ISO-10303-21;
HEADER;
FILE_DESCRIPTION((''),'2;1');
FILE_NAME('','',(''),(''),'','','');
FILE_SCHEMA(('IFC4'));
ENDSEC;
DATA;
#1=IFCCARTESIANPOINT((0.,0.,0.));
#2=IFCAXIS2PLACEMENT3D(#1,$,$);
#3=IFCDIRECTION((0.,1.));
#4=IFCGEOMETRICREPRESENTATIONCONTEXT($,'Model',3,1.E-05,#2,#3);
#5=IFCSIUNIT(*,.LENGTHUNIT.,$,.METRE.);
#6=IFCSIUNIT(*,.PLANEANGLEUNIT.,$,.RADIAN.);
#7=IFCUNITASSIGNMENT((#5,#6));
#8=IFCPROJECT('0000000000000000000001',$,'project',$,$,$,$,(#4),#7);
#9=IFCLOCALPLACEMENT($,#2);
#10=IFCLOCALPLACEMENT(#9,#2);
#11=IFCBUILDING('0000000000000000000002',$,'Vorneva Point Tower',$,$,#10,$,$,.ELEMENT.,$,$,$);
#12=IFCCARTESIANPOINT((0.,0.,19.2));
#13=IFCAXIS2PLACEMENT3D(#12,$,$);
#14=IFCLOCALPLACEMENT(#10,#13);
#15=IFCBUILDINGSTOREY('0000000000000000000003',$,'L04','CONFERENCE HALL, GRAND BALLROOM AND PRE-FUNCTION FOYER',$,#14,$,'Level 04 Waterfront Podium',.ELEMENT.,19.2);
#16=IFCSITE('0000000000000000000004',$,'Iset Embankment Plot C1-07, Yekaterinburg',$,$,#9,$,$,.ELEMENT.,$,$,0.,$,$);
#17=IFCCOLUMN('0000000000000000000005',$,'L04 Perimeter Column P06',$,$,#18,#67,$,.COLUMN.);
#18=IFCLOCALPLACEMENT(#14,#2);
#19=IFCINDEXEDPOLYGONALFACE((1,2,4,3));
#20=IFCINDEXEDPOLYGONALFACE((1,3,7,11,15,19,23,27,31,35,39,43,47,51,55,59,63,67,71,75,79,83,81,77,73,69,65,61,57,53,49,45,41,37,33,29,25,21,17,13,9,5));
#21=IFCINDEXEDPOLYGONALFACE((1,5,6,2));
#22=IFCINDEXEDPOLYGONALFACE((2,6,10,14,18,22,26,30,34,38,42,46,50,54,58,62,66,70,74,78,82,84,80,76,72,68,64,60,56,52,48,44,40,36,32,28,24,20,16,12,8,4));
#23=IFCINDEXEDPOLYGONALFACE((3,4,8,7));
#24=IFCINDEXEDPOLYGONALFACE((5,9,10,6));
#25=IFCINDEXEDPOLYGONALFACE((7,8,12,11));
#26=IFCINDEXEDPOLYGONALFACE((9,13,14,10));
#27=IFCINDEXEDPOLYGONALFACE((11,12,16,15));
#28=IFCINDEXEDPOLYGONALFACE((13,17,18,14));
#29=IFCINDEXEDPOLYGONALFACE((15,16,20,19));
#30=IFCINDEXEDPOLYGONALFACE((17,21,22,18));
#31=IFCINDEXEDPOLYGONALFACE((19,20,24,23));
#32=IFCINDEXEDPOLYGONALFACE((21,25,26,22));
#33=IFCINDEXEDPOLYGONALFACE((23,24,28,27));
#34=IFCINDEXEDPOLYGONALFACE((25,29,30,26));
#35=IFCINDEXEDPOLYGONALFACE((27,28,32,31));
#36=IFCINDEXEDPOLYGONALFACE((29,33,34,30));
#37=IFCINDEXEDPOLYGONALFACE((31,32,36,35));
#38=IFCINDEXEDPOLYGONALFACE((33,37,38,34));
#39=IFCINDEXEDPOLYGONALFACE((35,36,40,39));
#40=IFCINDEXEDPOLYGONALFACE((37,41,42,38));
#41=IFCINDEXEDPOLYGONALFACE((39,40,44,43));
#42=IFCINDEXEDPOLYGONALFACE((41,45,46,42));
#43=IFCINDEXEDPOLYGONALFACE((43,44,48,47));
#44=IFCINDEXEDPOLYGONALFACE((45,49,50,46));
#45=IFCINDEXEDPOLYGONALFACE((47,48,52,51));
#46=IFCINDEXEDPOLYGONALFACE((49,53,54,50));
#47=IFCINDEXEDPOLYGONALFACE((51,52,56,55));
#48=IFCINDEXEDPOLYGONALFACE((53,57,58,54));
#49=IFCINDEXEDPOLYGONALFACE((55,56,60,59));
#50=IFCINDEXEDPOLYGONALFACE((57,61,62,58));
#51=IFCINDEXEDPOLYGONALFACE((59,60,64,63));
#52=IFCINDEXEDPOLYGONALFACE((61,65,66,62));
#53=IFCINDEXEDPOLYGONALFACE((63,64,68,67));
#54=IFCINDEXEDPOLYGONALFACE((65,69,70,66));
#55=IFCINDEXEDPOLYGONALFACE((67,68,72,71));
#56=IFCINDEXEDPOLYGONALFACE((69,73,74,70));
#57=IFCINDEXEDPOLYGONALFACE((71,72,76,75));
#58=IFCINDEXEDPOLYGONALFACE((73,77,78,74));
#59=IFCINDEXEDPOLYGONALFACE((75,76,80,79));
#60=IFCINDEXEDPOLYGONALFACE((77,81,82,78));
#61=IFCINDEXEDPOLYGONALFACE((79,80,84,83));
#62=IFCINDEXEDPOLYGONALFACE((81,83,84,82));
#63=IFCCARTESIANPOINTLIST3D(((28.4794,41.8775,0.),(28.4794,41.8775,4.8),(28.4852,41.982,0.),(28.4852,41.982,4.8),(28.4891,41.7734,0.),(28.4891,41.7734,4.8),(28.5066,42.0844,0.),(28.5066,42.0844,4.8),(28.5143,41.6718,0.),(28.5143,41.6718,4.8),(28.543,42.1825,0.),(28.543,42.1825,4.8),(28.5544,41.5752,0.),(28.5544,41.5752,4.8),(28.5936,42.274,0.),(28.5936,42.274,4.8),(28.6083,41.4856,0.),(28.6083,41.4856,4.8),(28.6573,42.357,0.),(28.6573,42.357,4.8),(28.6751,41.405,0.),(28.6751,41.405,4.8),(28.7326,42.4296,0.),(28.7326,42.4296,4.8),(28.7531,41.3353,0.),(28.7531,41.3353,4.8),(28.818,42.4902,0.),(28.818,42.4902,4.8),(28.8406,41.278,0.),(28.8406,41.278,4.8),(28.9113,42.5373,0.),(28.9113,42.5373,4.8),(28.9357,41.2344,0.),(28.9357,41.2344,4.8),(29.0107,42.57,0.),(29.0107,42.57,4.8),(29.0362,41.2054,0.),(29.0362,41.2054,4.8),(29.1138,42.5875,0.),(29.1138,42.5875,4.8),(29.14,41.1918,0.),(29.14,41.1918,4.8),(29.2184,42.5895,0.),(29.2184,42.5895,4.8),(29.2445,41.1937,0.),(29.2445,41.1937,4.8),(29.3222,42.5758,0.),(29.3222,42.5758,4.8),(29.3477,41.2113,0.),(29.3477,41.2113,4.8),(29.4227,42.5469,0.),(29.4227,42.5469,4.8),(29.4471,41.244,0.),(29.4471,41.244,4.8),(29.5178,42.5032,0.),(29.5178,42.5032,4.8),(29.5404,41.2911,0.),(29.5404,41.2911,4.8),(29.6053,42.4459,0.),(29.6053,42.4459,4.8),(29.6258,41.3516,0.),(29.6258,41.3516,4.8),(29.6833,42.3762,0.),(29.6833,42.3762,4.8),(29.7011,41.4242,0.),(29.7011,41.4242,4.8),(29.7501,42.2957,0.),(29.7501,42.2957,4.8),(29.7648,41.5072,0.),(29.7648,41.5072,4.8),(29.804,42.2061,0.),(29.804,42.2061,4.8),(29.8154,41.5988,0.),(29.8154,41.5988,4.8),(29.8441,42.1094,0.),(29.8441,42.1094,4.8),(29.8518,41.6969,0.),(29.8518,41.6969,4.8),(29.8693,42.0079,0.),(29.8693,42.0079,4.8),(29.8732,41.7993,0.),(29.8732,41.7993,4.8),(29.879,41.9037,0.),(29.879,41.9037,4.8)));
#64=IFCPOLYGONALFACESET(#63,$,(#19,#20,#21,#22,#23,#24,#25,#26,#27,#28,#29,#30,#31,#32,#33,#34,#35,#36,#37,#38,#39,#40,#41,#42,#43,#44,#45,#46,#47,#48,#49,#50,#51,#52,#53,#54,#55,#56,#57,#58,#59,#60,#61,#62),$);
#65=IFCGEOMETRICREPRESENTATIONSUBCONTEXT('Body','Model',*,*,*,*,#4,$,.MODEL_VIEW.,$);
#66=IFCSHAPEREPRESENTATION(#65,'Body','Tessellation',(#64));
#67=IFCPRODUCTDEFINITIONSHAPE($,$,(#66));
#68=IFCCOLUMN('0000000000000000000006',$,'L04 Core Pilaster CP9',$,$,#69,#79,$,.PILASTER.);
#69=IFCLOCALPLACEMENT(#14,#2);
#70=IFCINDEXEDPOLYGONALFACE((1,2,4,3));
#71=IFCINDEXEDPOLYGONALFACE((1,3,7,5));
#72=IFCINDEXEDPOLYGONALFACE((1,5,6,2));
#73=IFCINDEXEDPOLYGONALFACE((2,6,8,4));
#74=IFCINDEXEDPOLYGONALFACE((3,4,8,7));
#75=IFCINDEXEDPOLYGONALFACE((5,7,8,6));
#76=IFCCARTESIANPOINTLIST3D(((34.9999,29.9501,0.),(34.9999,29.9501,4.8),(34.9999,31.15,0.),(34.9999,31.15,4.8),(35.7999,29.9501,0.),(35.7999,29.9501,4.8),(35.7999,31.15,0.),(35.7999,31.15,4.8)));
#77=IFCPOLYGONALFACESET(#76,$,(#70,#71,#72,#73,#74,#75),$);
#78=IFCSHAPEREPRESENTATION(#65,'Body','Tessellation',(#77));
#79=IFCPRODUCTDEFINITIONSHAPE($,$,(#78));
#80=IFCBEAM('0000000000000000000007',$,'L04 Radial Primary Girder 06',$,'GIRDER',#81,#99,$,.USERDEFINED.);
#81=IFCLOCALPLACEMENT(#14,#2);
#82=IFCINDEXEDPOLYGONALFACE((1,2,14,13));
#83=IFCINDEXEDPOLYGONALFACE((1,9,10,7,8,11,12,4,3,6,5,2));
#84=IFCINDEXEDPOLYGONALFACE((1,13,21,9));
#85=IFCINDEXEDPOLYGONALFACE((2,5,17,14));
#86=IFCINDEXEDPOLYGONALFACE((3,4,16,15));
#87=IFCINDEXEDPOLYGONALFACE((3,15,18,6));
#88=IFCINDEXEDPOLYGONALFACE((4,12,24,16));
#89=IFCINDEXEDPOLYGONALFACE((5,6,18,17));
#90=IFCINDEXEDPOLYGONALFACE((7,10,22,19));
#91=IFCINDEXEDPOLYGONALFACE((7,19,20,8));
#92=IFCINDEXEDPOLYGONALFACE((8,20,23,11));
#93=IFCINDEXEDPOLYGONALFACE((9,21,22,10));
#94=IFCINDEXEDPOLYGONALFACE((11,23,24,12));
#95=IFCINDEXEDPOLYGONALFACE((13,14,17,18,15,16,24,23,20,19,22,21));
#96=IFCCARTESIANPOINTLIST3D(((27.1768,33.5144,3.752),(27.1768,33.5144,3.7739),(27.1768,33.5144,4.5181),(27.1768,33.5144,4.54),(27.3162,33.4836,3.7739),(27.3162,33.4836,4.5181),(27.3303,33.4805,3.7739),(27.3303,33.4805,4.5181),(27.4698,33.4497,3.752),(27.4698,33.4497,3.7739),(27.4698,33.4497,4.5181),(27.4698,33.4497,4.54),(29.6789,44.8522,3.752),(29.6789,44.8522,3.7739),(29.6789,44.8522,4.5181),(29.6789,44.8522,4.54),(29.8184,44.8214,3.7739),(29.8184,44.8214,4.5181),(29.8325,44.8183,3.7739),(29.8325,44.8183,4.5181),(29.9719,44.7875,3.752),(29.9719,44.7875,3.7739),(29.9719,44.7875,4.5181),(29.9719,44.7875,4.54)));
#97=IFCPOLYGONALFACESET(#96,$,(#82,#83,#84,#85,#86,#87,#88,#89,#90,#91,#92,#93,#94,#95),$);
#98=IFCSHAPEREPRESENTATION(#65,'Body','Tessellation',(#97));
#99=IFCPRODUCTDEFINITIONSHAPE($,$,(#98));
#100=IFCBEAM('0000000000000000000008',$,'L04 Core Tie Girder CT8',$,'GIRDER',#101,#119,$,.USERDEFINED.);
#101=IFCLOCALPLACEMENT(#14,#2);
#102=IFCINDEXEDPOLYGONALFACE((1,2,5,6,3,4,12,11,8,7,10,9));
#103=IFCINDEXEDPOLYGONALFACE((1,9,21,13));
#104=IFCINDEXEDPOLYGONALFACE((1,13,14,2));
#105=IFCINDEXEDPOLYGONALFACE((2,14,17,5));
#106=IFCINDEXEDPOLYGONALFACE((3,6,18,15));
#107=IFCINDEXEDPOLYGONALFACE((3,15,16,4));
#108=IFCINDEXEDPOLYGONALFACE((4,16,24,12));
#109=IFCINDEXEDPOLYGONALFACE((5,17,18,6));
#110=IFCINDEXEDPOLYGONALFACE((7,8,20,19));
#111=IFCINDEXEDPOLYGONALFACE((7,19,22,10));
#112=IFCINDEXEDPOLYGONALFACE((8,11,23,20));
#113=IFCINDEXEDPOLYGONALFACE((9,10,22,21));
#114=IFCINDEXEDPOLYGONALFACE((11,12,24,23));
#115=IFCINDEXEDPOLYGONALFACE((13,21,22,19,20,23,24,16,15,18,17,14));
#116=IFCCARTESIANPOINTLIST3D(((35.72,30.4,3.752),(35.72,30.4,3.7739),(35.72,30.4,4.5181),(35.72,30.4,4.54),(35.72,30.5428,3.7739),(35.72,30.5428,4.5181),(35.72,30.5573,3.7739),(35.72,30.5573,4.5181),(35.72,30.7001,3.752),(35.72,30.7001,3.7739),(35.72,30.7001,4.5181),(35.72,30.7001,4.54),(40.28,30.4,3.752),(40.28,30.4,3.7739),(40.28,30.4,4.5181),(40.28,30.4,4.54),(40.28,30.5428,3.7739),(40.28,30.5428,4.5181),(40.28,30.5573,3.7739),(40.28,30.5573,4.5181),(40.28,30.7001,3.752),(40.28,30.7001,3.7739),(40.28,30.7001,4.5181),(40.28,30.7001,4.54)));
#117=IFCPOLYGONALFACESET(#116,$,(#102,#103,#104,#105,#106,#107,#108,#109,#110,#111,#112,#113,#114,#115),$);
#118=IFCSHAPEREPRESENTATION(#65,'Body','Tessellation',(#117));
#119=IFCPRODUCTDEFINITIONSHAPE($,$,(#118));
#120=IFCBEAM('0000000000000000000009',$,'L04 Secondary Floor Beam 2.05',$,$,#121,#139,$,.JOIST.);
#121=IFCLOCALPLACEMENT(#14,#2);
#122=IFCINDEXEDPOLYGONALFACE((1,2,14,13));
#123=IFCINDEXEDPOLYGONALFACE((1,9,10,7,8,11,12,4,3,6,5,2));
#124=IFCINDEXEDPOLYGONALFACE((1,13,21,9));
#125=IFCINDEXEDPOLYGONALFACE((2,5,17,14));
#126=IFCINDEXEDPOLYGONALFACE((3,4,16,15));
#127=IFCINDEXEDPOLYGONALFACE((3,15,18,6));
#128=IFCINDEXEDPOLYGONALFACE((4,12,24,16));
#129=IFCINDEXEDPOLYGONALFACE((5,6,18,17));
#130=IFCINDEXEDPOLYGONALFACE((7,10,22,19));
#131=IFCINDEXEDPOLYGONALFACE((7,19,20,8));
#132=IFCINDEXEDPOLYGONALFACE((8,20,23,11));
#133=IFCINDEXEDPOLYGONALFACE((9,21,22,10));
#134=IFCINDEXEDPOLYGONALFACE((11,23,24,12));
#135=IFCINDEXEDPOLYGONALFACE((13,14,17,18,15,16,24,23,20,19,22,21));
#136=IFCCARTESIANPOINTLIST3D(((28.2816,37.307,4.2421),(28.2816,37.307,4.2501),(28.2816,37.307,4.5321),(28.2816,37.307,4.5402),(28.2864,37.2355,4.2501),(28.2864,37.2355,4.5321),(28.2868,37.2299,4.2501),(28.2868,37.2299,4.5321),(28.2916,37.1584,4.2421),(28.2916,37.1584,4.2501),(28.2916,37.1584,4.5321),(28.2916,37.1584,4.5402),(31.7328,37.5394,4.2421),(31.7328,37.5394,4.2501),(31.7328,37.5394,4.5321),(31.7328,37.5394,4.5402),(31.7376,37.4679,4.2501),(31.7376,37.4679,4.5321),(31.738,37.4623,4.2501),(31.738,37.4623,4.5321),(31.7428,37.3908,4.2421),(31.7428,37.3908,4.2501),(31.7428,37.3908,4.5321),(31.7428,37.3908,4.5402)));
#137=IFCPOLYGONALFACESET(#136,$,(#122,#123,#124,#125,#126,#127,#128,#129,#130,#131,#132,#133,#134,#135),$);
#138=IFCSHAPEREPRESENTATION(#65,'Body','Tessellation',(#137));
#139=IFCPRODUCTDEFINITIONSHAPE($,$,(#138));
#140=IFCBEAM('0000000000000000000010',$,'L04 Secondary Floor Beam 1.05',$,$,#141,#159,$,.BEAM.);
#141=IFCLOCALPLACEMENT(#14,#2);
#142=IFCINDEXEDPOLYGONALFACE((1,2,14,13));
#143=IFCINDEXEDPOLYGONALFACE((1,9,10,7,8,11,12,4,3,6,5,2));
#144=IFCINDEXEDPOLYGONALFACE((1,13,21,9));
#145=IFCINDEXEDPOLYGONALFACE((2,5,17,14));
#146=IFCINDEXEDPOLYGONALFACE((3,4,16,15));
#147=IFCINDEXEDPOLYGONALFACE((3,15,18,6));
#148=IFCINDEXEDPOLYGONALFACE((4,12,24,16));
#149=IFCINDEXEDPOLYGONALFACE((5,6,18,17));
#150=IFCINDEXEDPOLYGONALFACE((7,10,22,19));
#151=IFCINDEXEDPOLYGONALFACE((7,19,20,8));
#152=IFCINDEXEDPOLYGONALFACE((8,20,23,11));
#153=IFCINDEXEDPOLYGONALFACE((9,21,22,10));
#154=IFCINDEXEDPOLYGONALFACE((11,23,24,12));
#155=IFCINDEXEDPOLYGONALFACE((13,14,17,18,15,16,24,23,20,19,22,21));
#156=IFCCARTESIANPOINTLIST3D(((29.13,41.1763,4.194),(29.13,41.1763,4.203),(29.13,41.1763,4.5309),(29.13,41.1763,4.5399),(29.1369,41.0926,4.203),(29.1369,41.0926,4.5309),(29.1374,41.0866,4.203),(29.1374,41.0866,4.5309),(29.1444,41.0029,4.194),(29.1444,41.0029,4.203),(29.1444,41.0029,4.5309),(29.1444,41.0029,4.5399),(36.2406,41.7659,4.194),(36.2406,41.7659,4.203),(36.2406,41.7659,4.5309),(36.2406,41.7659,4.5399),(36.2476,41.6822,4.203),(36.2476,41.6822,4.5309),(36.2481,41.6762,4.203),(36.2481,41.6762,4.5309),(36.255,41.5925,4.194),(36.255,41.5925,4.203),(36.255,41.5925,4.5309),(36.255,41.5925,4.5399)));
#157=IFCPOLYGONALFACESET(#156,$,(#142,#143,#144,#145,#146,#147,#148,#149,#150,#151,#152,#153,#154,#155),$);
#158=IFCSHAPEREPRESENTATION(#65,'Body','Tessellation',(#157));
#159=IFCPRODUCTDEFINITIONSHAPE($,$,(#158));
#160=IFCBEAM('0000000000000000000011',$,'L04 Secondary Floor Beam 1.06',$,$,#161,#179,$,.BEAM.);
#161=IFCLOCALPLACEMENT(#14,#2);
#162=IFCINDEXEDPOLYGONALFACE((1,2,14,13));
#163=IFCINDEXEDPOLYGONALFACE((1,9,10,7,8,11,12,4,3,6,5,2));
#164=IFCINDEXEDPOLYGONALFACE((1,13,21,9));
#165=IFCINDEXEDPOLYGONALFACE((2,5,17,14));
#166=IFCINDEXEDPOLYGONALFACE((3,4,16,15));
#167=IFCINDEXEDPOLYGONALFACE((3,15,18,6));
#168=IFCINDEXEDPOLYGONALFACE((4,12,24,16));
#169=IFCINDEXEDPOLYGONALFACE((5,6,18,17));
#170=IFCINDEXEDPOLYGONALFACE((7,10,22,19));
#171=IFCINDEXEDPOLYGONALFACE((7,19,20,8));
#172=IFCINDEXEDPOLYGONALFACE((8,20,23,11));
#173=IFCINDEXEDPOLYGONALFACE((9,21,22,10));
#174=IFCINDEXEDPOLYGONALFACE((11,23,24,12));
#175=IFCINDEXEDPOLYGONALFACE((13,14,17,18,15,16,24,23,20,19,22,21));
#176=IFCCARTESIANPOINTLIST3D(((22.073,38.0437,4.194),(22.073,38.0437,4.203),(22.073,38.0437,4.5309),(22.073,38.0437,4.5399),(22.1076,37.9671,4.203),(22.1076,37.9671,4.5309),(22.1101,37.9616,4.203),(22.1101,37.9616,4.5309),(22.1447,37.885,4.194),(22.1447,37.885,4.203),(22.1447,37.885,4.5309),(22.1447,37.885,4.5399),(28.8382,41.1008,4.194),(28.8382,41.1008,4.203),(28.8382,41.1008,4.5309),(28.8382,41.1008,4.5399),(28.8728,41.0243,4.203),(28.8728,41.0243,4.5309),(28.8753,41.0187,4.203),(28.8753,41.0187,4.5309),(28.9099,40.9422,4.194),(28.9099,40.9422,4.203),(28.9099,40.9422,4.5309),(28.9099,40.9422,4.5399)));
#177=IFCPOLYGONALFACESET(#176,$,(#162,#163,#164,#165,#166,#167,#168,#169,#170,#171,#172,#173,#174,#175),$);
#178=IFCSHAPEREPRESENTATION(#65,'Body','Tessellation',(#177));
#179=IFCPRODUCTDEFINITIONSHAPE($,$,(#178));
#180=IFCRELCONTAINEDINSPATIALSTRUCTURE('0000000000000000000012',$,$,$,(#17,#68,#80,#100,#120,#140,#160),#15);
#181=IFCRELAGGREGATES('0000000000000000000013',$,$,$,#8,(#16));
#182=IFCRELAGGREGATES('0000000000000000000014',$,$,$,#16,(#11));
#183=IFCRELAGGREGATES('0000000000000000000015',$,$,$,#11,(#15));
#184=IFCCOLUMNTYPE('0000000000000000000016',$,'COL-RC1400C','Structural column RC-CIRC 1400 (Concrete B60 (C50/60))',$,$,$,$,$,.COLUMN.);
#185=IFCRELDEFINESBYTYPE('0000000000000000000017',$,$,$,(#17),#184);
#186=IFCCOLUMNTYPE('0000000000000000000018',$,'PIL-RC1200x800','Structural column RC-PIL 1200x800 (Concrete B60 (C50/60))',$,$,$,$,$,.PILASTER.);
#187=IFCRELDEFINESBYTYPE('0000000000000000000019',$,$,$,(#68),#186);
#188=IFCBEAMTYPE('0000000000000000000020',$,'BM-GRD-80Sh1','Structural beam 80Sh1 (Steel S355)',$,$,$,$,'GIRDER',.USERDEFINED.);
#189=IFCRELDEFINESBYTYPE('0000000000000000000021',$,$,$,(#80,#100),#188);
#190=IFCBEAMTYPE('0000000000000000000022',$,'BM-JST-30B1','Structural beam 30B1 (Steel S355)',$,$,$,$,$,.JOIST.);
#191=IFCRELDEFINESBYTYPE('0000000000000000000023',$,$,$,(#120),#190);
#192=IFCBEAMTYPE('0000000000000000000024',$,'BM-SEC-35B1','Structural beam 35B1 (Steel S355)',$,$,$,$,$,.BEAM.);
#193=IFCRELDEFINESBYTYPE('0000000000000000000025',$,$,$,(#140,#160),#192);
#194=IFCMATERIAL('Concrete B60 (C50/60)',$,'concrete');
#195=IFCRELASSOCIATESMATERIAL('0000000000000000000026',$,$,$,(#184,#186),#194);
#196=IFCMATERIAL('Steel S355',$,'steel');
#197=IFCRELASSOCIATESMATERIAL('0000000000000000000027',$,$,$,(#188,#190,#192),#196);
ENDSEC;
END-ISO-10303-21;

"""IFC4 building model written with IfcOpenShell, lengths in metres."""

from ifc_helpers import new_model, si_unit, direction, frame, origin, origin_2d, place, context, subcontext, project, spatial, rectangle, circle, i_section, extrude, material, material_profile, profile_set, type_object, element, save


model = new_model("IFC4")

# Units and contexts
model_context = context("Model", 3, precision=1e-05, world=origin(), true_north=direction((0.0, 1.0)))
body_context = subcontext(model_context, "Body", "Model", "MODEL_VIEW")
ifc_project = project(units=[si_unit("LENGTHUNIT", "METRE"), si_unit("PLANEANGLEUNIT", "RADIAN")], contexts=[model_context])

# Site, building, storey
site_placement = place(None, origin())
site = spatial("IfcSite", under=ifc_project, at=site_placement, Name="Iset Embankment Plot C1-07, Yekaterinburg", CompositionType="ELEMENT", RefElevation=0.0)
building_placement = place(site_placement, origin())
building = spatial("IfcBuilding", under=site, at=building_placement, Name="Vorneva Point Tower", CompositionType="ELEMENT")
storey_placement = place(building_placement, frame((0.0, 0.0, 19.2)))
storey = spatial("IfcBuildingStorey", under=building, at=storey_placement, Name="L04", Description="CONFERENCE HALL, GRAND BALLROOM AND PRE-FUNCTION FOYER", LongName="Level 04 Waterfront Podium", CompositionType="ELEMENT", Elevation=19.2)

# Columns
ifc_material_1 = material(Name="Concrete B60 (C50/60)", Category="concrete")
ifc_material_profile_1 = material_profile(ifc_material_1, circle(Radius=0.7, at=origin_2d()), Name="RC-CIRC 1400")
ifc_profile_set_1 = profile_set([ifc_material_profile_1], Name="Concrete B60 (C50/60)")
column_type_1 = type_object("IfcColumnType", Name="COL-RC1400C", Description="Structural column RC-CIRC 1400 (Concrete B60 (C50/60))", PredefinedType="COLUMN", material=ifc_profile_set_1)
for number, where, z_axis, x_axis, name in (
    (1, (29.1792, 41.8906, 0.0), (0.0, 0.0, 1.0), (-0.382683, 0.92388, 0.0), "L04 Perimeter Column P06"),
):
    element("IfcColumn", number, at=place(storey_placement, frame(where, z_axis=z_axis, x_axis=x_axis)), inside=storey, type_object=column_type_1, Name=name, PredefinedType="COLUMN", context=body_context, shape_type="SweptSolid", body=[
        extrude(circle(Radius=0.7, at=origin_2d()), origin(), (0.0, 0.0, 1.0), 4.8),
    ])
ifc_material_profile_2 = material_profile(ifc_material_1, rectangle(XDim=0.8, YDim=1.2, at=origin_2d()), Name="RC-PIL 1200x800")
ifc_profile_set_2 = profile_set([ifc_material_profile_2], Name="Concrete B60 (C50/60)")
column_type_2 = type_object("IfcColumnType", Name="PIL-RC1200x800", Description="Structural column RC-PIL 1200x800 (Concrete B60 (C50/60))", PredefinedType="PILASTER", material=ifc_profile_set_2)
column_placement = place(storey_placement, frame((35.3999, 30.55, 0.0), z_axis=(0.0, 0.0, 1.0), x_axis=(1.0, 0.0, 0.0)))
element("IfcColumn", 2, at=column_placement, inside=storey, type_object=column_type_2, Name="L04 Core Pilaster CP9", PredefinedType="PILASTER", context=body_context, shape_type="SweptSolid", body=[
    extrude(rectangle(XDim=0.8, YDim=1.2, at=origin_2d()), origin(), (0.0, 0.0, 1.0), 4.8),
])

# Beams
ifc_material_2 = material(Name="Steel S355", Category="steel")
ifc_material_profile_3 = material_profile(ifc_material_2, i_section(OverallWidth=0.3, OverallDepth=0.7881, WebThickness=0.0144, FlangeThickness=0.022, at=origin_2d()), Name="80Sh1")
ifc_profile_set_3 = profile_set([ifc_material_profile_3], Name="Steel S355")
beam_type_1 = type_object("IfcBeamType", Name="BM-GRD-80Sh1", Description="Structural beam 80Sh1 (Steel S355)", ElementType="GIRDER", PredefinedType="USERDEFINED", material=ifc_profile_set_3)
beam_1_placement = place(storey_placement, frame((29.8254, 44.8198, 4.146), z_axis=(-0.215508, -0.976502, 0.0), x_axis=(0.976502, -0.215508, 0.0)))
element("IfcBeam", 3, at=beam_1_placement, inside=storey, type_object=beam_type_1, Name="L04 Radial Primary Girder 06", ObjectType="GIRDER", PredefinedType="USERDEFINED", context=body_context, shape_type="SweptSolid", body=[
    extrude(i_section(OverallWidth=0.3, OverallDepth=0.7881, WebThickness=0.0144, FlangeThickness=0.022, at=origin_2d()), origin(), (0.0, 0.0, 1.0), 11.6106),
])
beam_2_placement = place(storey_placement, frame((35.72, 30.55, 4.146), z_axis=(1.0, 0.0, 0.0), x_axis=(0.0, 1.0, 0.0)))
element("IfcBeam", 4, at=beam_2_placement, inside=storey, type_object=beam_type_1, Name="L04 Core Tie Girder CT8", ObjectType="GIRDER", PredefinedType="USERDEFINED", context=body_context, shape_type="SweptSolid", body=[
    extrude(i_section(OverallWidth=0.3, OverallDepth=0.7881, WebThickness=0.0144, FlangeThickness=0.022, at=origin_2d()), origin(), (0.0, 0.0, 1.0), 4.5601),
])
ifc_material_profile_4 = material_profile(ifc_material_2, i_section(OverallWidth=0.1489, OverallDepth=0.2981, WebThickness=0.0056, FlangeThickness=0.0081, at=origin_2d()), Name="30B1")
ifc_profile_set_4 = profile_set([ifc_material_profile_4], Name="Steel S355")
beam_type_2 = type_object("IfcBeamType", Name="BM-JST-30B1", Description="Structural beam 30B1 (Steel S355)", PredefinedType="JOIST", material=ifc_profile_set_4)
beam_3_placement = place(storey_placement, frame((31.7378, 37.4651, 4.3911), z_axis=(-0.99774, -0.067194, 0.0), x_axis=(0.067194, -0.99774, 0.0)))
element("IfcBeam", 5, at=beam_3_placement, inside=storey, type_object=beam_type_2, Name="L04 Secondary Floor Beam 2.05", PredefinedType="JOIST", context=body_context, shape_type="SweptSolid", body=[
    extrude(i_section(OverallWidth=0.1489, OverallDepth=0.2981, WebThickness=0.0056, FlangeThickness=0.0081, at=origin_2d()), origin(), (0.0, 0.0, 1.0), 3.459),
])
ifc_material_profile_5 = material_profile(ifc_material_2, i_section(OverallWidth=0.1741, OverallDepth=0.3459, WebThickness=0.0061, FlangeThickness=0.009, at=origin_2d()), Name="35B1")
ifc_profile_set_5 = profile_set([ifc_material_profile_5], Name="Steel S355")
beam_type_3 = type_object("IfcBeamType", Name="BM-SEC-35B1", Description="Structural beam 35B1 (Steel S355)", PredefinedType="BEAM", material=ifc_profile_set_5)
beam_4_placement = place(storey_placement, frame((36.2478, 41.6792, 4.3669), z_axis=(-0.99658, -0.082635, 0.0), x_axis=(0.082635, -0.99658, 0.0)))
element("IfcBeam", 6, at=beam_4_placement, inside=storey, type_object=beam_type_3, Name="L04 Secondary Floor Beam 1.05", PredefinedType="BEAM", context=body_context, shape_type="SweptSolid", body=[
    extrude(i_section(OverallWidth=0.1741, OverallDepth=0.3459, WebThickness=0.0061, FlangeThickness=0.009, at=origin_2d()), origin(), (0.0, 0.0, 1.0), 7.135),
])
beam_5_placement = place(storey_placement, frame((28.874, 41.0215, 4.3669), z_axis=(-0.911274, -0.4118, 0.0), x_axis=(0.4118, -0.911274, 0.0)))
element("IfcBeam", 7, at=beam_5_placement, inside=storey, type_object=beam_type_3, Name="L04 Secondary Floor Beam 1.06", PredefinedType="BEAM", context=body_context, shape_type="SweptSolid", body=[
    extrude(i_section(OverallWidth=0.1741, OverallDepth=0.3459, WebThickness=0.0061, FlangeThickness=0.009, at=origin_2d()), origin(), (0.0, 0.0, 1.0), 7.4238),
])

save(model, "model.ifc")
